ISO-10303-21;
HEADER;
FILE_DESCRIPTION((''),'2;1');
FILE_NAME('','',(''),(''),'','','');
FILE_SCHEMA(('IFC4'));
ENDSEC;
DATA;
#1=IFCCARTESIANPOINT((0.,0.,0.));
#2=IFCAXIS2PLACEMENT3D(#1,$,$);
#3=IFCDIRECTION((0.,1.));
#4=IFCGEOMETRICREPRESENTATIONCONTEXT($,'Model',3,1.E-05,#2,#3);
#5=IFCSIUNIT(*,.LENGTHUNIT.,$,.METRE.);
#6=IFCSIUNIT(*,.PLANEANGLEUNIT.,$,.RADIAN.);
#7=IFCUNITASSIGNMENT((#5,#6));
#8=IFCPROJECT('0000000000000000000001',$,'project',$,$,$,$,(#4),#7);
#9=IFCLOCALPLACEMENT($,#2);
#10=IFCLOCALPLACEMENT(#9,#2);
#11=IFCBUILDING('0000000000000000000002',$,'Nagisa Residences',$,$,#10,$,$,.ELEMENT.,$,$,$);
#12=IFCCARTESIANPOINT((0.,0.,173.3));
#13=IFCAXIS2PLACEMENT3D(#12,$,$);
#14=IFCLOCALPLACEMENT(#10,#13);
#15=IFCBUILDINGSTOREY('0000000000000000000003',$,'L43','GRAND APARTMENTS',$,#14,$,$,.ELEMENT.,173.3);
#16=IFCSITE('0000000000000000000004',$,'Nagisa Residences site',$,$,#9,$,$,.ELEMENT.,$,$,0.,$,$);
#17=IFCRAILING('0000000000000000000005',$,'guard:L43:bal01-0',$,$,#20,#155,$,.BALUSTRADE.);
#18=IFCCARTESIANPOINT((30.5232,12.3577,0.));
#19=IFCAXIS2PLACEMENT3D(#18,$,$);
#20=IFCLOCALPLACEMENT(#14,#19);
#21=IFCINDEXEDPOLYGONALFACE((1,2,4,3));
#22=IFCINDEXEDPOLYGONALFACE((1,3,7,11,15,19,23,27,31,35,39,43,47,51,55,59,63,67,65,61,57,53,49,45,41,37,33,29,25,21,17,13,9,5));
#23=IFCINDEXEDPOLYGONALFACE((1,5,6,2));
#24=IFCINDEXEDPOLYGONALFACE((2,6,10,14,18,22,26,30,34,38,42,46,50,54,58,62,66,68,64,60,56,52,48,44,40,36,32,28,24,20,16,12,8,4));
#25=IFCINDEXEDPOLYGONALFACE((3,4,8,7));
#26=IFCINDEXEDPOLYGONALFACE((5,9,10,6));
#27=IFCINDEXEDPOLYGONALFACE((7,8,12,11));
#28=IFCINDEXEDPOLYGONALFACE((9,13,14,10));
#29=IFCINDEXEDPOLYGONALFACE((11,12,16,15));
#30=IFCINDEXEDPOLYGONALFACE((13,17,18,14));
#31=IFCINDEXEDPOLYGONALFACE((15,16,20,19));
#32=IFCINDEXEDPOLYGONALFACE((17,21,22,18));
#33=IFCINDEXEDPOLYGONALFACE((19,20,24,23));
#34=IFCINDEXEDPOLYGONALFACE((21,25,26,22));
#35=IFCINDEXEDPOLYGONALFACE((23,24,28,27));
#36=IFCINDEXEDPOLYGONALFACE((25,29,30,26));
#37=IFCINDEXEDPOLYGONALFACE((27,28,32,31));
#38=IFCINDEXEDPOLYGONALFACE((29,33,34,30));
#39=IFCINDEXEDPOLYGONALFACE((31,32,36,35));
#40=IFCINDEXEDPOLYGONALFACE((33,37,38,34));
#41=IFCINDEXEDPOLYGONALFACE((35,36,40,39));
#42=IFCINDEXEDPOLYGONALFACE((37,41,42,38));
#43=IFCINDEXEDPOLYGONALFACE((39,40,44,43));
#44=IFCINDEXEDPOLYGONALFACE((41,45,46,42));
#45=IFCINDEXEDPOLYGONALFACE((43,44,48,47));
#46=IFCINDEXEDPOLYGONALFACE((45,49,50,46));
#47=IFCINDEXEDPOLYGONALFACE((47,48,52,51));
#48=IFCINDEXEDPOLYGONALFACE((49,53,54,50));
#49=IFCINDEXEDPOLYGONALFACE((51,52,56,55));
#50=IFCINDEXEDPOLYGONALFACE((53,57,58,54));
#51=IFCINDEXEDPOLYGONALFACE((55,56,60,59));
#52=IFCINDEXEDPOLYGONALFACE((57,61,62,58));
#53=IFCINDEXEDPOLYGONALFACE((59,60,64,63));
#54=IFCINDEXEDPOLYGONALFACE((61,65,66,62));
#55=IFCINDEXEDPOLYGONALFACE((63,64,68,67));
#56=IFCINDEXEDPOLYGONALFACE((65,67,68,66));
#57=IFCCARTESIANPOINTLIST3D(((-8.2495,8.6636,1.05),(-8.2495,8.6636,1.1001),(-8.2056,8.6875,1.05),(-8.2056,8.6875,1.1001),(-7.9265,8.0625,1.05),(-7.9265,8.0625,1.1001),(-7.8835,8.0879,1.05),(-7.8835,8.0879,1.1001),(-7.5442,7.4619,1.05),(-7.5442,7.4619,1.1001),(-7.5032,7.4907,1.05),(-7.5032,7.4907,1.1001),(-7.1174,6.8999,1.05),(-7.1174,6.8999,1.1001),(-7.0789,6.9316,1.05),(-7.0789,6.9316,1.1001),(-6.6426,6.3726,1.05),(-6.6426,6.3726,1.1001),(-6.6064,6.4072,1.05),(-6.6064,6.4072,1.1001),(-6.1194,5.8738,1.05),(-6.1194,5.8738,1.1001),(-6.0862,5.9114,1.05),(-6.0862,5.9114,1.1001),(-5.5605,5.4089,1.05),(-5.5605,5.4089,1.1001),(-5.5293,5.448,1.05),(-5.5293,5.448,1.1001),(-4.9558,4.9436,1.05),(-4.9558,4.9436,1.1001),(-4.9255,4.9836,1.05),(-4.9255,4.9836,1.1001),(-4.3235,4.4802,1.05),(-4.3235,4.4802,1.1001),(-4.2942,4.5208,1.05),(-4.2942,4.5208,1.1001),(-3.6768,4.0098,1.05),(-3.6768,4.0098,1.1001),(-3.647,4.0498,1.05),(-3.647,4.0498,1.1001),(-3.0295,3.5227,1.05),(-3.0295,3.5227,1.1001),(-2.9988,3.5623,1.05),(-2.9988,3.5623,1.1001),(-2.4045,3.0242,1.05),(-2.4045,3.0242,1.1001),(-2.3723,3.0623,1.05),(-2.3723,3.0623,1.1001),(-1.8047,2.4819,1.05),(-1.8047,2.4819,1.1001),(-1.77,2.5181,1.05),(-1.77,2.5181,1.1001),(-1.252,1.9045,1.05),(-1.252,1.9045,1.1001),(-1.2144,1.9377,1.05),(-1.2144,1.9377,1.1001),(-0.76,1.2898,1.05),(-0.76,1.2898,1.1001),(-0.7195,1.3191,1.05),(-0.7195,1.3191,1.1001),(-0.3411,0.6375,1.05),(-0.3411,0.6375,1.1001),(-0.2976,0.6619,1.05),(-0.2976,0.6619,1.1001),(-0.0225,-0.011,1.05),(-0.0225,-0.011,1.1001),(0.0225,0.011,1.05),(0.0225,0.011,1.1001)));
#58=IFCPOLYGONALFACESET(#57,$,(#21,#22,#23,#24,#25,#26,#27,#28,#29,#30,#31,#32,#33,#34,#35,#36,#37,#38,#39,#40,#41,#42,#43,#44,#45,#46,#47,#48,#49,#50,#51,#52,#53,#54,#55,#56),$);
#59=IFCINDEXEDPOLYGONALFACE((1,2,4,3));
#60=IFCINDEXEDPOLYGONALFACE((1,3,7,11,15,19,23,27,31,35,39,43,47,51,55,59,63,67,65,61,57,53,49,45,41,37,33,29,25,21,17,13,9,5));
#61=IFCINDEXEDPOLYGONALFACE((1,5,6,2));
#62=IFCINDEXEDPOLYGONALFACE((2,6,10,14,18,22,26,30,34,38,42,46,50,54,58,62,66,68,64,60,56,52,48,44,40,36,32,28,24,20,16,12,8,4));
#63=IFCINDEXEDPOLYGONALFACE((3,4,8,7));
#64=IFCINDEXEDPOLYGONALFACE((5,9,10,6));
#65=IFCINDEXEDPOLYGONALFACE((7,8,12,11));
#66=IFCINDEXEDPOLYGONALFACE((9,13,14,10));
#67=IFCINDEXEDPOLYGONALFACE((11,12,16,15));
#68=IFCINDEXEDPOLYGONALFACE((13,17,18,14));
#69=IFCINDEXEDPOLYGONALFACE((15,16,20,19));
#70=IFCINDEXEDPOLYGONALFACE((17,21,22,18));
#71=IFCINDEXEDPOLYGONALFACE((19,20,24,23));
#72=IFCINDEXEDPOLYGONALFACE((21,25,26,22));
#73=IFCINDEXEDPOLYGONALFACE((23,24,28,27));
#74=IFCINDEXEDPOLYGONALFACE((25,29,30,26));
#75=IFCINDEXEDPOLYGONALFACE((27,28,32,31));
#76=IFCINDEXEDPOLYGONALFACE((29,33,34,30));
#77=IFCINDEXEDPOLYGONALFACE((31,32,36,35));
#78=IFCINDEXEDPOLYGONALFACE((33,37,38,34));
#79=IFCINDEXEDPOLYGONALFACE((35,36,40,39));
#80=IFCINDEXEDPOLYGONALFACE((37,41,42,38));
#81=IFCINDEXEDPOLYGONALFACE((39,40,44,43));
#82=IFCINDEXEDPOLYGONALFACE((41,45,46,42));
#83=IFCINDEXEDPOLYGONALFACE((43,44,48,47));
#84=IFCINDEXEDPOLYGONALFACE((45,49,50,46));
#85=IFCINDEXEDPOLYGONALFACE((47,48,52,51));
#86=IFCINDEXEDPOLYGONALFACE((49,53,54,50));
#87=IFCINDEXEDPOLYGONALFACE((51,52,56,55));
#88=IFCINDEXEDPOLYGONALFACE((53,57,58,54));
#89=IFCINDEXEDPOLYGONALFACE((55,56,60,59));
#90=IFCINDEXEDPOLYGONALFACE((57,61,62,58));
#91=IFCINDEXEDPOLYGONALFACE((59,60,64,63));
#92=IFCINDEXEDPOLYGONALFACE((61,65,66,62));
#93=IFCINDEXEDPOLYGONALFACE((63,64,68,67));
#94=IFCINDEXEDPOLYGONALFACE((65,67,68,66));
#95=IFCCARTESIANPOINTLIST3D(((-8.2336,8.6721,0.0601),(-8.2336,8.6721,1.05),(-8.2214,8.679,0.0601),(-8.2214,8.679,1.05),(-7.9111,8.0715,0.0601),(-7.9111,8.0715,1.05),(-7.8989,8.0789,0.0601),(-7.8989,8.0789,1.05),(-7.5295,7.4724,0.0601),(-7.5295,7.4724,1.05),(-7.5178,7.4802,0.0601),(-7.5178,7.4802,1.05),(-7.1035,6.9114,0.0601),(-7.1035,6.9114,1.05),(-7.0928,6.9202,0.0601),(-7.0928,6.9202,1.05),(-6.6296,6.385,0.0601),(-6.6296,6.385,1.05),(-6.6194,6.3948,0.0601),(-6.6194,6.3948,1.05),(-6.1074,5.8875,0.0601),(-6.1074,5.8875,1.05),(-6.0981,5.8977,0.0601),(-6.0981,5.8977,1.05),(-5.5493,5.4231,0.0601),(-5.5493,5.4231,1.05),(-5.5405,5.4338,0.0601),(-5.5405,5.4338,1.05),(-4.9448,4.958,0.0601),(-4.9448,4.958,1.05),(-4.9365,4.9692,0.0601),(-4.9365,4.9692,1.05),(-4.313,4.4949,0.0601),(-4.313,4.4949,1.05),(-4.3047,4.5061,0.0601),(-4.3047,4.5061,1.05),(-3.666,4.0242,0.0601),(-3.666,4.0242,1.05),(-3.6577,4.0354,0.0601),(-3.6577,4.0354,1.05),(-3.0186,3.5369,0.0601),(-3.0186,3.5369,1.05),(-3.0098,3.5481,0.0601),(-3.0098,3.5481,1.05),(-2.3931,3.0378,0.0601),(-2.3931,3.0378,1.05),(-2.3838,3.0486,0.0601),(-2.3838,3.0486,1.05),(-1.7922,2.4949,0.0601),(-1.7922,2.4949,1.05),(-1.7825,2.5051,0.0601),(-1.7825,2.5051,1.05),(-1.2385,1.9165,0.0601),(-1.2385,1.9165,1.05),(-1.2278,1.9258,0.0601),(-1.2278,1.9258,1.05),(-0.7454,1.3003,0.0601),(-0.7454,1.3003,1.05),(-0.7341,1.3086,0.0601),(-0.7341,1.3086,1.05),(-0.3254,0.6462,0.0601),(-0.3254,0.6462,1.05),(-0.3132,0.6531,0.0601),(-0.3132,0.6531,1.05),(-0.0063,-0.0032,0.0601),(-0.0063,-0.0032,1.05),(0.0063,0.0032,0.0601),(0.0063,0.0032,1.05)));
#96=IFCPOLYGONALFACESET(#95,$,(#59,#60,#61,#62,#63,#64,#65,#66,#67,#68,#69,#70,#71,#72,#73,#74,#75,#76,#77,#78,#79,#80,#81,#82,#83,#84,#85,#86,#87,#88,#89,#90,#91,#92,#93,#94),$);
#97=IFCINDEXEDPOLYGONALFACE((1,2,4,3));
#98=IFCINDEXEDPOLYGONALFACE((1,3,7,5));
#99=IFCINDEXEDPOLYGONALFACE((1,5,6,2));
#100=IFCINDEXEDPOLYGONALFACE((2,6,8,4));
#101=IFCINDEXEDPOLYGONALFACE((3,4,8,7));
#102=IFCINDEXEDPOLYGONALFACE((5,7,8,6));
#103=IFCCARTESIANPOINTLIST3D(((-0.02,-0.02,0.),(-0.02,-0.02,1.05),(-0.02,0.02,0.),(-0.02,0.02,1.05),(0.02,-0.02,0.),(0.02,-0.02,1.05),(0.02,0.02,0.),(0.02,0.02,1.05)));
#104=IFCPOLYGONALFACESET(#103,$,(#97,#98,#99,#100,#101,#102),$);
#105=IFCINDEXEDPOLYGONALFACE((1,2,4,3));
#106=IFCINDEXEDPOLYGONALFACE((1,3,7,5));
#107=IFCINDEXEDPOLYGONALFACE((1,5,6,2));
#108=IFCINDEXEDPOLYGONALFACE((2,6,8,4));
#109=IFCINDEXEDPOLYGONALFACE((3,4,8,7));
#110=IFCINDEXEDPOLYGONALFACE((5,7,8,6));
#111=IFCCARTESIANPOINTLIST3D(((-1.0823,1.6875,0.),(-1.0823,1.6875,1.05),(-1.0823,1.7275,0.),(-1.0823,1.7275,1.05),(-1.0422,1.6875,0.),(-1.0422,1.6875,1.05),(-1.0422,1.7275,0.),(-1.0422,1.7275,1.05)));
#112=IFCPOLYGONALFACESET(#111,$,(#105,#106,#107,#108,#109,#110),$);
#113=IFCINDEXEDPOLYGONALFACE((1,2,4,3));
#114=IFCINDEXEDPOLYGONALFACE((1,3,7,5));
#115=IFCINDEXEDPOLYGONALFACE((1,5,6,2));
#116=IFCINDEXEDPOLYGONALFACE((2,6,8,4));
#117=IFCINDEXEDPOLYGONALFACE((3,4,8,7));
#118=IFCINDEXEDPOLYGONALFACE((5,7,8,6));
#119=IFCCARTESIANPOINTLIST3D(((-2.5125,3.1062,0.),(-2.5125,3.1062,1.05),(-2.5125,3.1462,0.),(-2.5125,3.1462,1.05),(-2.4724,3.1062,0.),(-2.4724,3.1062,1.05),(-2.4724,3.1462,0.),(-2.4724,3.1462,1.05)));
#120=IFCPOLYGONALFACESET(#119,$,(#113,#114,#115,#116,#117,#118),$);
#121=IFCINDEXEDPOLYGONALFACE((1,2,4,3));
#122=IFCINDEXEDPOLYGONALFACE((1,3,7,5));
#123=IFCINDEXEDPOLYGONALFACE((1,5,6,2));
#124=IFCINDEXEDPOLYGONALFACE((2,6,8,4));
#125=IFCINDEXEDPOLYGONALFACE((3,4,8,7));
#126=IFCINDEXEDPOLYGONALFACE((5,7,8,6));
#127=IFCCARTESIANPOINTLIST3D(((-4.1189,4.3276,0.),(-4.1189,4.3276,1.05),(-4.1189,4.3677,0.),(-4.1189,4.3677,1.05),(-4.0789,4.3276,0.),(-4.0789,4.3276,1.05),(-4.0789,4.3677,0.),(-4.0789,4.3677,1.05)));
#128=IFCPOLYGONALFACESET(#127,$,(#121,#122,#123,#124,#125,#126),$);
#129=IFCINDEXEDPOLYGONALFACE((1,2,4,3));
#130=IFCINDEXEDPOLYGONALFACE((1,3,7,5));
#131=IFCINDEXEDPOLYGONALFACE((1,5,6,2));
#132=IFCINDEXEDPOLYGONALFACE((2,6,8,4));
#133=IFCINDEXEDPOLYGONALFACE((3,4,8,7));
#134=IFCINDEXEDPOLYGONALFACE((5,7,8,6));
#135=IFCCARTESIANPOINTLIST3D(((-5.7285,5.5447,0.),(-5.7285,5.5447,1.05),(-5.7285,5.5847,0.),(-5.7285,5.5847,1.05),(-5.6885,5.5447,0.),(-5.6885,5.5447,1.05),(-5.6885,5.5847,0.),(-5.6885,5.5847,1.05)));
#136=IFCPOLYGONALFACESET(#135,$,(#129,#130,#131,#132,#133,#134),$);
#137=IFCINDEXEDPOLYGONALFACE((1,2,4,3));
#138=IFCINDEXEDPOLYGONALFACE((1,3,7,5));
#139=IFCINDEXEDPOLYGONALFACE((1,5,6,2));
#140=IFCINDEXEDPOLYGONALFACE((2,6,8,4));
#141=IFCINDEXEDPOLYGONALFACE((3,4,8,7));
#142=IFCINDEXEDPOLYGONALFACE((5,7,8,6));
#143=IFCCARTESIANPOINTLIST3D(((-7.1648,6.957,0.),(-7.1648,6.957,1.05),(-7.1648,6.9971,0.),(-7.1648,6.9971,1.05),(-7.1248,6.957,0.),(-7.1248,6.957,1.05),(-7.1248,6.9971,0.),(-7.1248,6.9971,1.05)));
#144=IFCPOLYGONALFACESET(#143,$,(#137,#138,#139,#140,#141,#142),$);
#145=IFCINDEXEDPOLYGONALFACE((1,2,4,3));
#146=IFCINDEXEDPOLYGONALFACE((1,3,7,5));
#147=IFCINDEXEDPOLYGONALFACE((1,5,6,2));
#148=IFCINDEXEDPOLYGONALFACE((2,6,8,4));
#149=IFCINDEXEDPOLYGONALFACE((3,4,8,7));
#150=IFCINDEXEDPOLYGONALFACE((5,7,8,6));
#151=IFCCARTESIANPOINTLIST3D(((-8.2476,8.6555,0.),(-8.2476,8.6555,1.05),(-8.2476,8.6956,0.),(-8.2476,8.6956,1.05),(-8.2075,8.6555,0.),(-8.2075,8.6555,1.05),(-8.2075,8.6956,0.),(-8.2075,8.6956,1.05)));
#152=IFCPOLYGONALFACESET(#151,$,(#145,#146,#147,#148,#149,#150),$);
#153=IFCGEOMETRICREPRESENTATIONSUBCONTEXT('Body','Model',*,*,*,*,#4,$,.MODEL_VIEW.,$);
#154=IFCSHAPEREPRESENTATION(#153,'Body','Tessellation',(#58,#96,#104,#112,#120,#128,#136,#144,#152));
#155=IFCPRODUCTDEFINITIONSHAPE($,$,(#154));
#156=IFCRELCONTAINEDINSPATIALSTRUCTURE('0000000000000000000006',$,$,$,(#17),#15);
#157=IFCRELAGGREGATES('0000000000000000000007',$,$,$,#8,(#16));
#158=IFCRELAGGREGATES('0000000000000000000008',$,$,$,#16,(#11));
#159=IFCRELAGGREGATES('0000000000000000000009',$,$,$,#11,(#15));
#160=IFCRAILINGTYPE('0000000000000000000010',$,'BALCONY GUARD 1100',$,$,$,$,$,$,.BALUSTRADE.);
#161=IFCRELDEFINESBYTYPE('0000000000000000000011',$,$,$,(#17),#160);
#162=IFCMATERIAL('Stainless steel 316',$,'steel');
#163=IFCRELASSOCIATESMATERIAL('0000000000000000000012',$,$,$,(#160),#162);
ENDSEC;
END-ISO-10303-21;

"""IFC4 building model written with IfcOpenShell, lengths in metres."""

from ifc_helpers import new_model, si_unit, direction, frame, origin, origin_2d, place, context, subcontext, project, spatial, polyline, rectangle, outline, extrude, material, type_object, element, save


model = new_model("IFC4")

# Units and contexts
model_context = context("Model", 3, precision=1e-05, world=origin(), true_north=direction((0.0, 1.0)))
body_context = subcontext(model_context, "Body", "Model", "MODEL_VIEW")
ifc_project = project(units=[si_unit("LENGTHUNIT", "METRE"), si_unit("PLANEANGLEUNIT", "RADIAN")], contexts=[model_context])

# Site, building, storey
site_placement = place(None, origin())
site = spatial("IfcSite", under=ifc_project, at=site_placement, Name="Nagisa Residences site", CompositionType="ELEMENT", RefElevation=0.0)
building_placement = place(site_placement, origin())
building = spatial("IfcBuilding", under=site, at=building_placement, Name="Nagisa Residences", CompositionType="ELEMENT")
storey_placement = place(building_placement, frame((0.0, 0.0, 173.3)))
storey = spatial("IfcBuildingStorey", under=building, at=storey_placement, Name="L43", Description="GRAND APARTMENTS", CompositionType="ELEMENT", Elevation=173.3)

# Railing
ifc_material_1 = material(Name="Stainless steel 316", Category="steel")
railing_type = type_object("IfcRailingType", Name="BALCONY GUARD 1100", PredefinedType="BALUSTRADE", material=ifc_material_1)
railing_1_placement = place(storey_placement, frame((30.5232, 12.3577, 0.0)))
element("IfcRailing", 1, at=railing_1_placement, inside=storey, type_object=railing_type, Name="guard:L43:bal01-0", PredefinedType="BALUSTRADE", context=body_context, shape_type="SweptSolid", body=[
    extrude(outline(polyline([(-0.3411, 0.6375), (-0.0225, -0.011), (0.0225, 0.011), (-0.2976, 0.6619), (-0.7195, 1.3191), (-1.2144, 1.9377), (-1.77, 2.5181), (-2.3723, 3.0623), (-2.9988, 3.5623), (-3.647, 4.0498), (-4.2942, 4.5208), (-4.9255, 4.9836), (-5.5293, 5.448), (-6.0862, 5.9114), (-6.6064, 6.4072), (-7.0789, 6.9316), (-7.5032, 7.4907), (-7.8835, 8.0879), (-8.2056, 8.6875), (-8.2495, 8.6636), (-7.9265, 8.0625), (-7.5442, 7.4619), (-7.1174, 6.8999), (-6.6426, 6.3726), (-6.1194, 5.8738), (-5.5605, 5.4089), (-4.9558, 4.9436), (-4.3235, 4.4802), (-3.6768, 4.0098), (-3.0295, 3.5227), (-2.4045, 3.0242), (-1.8047, 2.4819), (-1.252, 1.9045), (-0.76, 1.2898), (-0.3411, 0.6375)])), frame((0.0, 0.0, 1.05)), (0.0, 0.0, 1.0), 0.05),
    extrude(outline(polyline([(-0.3254, 0.6462), (-0.0063, -0.0032), (0.0063, 0.0032), (-0.3132, 0.6531), (-0.7341, 1.3086), (-1.2278, 1.9258), (-1.7825, 2.5051), (-2.3838, 3.0486), (-3.0098, 3.5481), (-3.6577, 4.0354), (-4.3047, 4.5061), (-4.9365, 4.9692), (-5.5405, 5.4338), (-6.0981, 5.8977), (-6.6194, 6.3948), (-7.0928, 6.9202), (-7.5178, 7.4802), (-7.8989, 8.0789), (-8.2214, 8.679), (-8.2336, 8.6721), (-7.9111, 8.0715), (-7.5295, 7.4724), (-7.1035, 6.9114), (-6.6296, 6.385), (-6.1074, 5.8875), (-5.5493, 5.4231), (-4.9448, 4.958), (-4.313, 4.4949), (-3.666, 4.0242), (-3.0186, 3.5369), (-2.3931, 3.0378), (-1.7922, 2.4949), (-1.2385, 1.9165), (-0.7454, 1.3003), (-0.3254, 0.6462)])), frame((0.0, 0.0, 0.0601)), (0.0, 0.0, 1.0), 0.99),
    extrude(rectangle(XDim=0.04, YDim=0.04, at=origin_2d()), origin(), (0.0, 0.0, 1.0), 1.05),
    extrude(rectangle(XDim=0.04, YDim=0.04, at=origin_2d()), frame((-1.0623, 1.7075, 0.0)), (0.0, 0.0, 1.0), 1.05),
    extrude(rectangle(XDim=0.04, YDim=0.04, at=origin_2d()), frame((-2.4924, 3.1262, 0.0)), (0.0, 0.0, 1.0), 1.05),
    extrude(rectangle(XDim=0.04, YDim=0.04, at=origin_2d()), frame((-4.0989, 4.3477, 0.0)), (0.0, 0.0, 1.0), 1.05),
    extrude(rectangle(XDim=0.04, YDim=0.04, at=origin_2d()), frame((-5.7085, 5.5647, 0.0)), (0.0, 0.0, 1.0), 1.05),
    extrude(rectangle(XDim=0.04, YDim=0.04, at=origin_2d()), frame((-7.1448, 6.9771, 0.0)), (0.0, 0.0, 1.0), 1.05),
    extrude(rectangle(XDim=0.04, YDim=0.04, at=origin_2d()), frame((-8.2275, 8.6755, 0.0)), (0.0, 0.0, 1.0), 1.05),
])

save(model, "model.ifc")
